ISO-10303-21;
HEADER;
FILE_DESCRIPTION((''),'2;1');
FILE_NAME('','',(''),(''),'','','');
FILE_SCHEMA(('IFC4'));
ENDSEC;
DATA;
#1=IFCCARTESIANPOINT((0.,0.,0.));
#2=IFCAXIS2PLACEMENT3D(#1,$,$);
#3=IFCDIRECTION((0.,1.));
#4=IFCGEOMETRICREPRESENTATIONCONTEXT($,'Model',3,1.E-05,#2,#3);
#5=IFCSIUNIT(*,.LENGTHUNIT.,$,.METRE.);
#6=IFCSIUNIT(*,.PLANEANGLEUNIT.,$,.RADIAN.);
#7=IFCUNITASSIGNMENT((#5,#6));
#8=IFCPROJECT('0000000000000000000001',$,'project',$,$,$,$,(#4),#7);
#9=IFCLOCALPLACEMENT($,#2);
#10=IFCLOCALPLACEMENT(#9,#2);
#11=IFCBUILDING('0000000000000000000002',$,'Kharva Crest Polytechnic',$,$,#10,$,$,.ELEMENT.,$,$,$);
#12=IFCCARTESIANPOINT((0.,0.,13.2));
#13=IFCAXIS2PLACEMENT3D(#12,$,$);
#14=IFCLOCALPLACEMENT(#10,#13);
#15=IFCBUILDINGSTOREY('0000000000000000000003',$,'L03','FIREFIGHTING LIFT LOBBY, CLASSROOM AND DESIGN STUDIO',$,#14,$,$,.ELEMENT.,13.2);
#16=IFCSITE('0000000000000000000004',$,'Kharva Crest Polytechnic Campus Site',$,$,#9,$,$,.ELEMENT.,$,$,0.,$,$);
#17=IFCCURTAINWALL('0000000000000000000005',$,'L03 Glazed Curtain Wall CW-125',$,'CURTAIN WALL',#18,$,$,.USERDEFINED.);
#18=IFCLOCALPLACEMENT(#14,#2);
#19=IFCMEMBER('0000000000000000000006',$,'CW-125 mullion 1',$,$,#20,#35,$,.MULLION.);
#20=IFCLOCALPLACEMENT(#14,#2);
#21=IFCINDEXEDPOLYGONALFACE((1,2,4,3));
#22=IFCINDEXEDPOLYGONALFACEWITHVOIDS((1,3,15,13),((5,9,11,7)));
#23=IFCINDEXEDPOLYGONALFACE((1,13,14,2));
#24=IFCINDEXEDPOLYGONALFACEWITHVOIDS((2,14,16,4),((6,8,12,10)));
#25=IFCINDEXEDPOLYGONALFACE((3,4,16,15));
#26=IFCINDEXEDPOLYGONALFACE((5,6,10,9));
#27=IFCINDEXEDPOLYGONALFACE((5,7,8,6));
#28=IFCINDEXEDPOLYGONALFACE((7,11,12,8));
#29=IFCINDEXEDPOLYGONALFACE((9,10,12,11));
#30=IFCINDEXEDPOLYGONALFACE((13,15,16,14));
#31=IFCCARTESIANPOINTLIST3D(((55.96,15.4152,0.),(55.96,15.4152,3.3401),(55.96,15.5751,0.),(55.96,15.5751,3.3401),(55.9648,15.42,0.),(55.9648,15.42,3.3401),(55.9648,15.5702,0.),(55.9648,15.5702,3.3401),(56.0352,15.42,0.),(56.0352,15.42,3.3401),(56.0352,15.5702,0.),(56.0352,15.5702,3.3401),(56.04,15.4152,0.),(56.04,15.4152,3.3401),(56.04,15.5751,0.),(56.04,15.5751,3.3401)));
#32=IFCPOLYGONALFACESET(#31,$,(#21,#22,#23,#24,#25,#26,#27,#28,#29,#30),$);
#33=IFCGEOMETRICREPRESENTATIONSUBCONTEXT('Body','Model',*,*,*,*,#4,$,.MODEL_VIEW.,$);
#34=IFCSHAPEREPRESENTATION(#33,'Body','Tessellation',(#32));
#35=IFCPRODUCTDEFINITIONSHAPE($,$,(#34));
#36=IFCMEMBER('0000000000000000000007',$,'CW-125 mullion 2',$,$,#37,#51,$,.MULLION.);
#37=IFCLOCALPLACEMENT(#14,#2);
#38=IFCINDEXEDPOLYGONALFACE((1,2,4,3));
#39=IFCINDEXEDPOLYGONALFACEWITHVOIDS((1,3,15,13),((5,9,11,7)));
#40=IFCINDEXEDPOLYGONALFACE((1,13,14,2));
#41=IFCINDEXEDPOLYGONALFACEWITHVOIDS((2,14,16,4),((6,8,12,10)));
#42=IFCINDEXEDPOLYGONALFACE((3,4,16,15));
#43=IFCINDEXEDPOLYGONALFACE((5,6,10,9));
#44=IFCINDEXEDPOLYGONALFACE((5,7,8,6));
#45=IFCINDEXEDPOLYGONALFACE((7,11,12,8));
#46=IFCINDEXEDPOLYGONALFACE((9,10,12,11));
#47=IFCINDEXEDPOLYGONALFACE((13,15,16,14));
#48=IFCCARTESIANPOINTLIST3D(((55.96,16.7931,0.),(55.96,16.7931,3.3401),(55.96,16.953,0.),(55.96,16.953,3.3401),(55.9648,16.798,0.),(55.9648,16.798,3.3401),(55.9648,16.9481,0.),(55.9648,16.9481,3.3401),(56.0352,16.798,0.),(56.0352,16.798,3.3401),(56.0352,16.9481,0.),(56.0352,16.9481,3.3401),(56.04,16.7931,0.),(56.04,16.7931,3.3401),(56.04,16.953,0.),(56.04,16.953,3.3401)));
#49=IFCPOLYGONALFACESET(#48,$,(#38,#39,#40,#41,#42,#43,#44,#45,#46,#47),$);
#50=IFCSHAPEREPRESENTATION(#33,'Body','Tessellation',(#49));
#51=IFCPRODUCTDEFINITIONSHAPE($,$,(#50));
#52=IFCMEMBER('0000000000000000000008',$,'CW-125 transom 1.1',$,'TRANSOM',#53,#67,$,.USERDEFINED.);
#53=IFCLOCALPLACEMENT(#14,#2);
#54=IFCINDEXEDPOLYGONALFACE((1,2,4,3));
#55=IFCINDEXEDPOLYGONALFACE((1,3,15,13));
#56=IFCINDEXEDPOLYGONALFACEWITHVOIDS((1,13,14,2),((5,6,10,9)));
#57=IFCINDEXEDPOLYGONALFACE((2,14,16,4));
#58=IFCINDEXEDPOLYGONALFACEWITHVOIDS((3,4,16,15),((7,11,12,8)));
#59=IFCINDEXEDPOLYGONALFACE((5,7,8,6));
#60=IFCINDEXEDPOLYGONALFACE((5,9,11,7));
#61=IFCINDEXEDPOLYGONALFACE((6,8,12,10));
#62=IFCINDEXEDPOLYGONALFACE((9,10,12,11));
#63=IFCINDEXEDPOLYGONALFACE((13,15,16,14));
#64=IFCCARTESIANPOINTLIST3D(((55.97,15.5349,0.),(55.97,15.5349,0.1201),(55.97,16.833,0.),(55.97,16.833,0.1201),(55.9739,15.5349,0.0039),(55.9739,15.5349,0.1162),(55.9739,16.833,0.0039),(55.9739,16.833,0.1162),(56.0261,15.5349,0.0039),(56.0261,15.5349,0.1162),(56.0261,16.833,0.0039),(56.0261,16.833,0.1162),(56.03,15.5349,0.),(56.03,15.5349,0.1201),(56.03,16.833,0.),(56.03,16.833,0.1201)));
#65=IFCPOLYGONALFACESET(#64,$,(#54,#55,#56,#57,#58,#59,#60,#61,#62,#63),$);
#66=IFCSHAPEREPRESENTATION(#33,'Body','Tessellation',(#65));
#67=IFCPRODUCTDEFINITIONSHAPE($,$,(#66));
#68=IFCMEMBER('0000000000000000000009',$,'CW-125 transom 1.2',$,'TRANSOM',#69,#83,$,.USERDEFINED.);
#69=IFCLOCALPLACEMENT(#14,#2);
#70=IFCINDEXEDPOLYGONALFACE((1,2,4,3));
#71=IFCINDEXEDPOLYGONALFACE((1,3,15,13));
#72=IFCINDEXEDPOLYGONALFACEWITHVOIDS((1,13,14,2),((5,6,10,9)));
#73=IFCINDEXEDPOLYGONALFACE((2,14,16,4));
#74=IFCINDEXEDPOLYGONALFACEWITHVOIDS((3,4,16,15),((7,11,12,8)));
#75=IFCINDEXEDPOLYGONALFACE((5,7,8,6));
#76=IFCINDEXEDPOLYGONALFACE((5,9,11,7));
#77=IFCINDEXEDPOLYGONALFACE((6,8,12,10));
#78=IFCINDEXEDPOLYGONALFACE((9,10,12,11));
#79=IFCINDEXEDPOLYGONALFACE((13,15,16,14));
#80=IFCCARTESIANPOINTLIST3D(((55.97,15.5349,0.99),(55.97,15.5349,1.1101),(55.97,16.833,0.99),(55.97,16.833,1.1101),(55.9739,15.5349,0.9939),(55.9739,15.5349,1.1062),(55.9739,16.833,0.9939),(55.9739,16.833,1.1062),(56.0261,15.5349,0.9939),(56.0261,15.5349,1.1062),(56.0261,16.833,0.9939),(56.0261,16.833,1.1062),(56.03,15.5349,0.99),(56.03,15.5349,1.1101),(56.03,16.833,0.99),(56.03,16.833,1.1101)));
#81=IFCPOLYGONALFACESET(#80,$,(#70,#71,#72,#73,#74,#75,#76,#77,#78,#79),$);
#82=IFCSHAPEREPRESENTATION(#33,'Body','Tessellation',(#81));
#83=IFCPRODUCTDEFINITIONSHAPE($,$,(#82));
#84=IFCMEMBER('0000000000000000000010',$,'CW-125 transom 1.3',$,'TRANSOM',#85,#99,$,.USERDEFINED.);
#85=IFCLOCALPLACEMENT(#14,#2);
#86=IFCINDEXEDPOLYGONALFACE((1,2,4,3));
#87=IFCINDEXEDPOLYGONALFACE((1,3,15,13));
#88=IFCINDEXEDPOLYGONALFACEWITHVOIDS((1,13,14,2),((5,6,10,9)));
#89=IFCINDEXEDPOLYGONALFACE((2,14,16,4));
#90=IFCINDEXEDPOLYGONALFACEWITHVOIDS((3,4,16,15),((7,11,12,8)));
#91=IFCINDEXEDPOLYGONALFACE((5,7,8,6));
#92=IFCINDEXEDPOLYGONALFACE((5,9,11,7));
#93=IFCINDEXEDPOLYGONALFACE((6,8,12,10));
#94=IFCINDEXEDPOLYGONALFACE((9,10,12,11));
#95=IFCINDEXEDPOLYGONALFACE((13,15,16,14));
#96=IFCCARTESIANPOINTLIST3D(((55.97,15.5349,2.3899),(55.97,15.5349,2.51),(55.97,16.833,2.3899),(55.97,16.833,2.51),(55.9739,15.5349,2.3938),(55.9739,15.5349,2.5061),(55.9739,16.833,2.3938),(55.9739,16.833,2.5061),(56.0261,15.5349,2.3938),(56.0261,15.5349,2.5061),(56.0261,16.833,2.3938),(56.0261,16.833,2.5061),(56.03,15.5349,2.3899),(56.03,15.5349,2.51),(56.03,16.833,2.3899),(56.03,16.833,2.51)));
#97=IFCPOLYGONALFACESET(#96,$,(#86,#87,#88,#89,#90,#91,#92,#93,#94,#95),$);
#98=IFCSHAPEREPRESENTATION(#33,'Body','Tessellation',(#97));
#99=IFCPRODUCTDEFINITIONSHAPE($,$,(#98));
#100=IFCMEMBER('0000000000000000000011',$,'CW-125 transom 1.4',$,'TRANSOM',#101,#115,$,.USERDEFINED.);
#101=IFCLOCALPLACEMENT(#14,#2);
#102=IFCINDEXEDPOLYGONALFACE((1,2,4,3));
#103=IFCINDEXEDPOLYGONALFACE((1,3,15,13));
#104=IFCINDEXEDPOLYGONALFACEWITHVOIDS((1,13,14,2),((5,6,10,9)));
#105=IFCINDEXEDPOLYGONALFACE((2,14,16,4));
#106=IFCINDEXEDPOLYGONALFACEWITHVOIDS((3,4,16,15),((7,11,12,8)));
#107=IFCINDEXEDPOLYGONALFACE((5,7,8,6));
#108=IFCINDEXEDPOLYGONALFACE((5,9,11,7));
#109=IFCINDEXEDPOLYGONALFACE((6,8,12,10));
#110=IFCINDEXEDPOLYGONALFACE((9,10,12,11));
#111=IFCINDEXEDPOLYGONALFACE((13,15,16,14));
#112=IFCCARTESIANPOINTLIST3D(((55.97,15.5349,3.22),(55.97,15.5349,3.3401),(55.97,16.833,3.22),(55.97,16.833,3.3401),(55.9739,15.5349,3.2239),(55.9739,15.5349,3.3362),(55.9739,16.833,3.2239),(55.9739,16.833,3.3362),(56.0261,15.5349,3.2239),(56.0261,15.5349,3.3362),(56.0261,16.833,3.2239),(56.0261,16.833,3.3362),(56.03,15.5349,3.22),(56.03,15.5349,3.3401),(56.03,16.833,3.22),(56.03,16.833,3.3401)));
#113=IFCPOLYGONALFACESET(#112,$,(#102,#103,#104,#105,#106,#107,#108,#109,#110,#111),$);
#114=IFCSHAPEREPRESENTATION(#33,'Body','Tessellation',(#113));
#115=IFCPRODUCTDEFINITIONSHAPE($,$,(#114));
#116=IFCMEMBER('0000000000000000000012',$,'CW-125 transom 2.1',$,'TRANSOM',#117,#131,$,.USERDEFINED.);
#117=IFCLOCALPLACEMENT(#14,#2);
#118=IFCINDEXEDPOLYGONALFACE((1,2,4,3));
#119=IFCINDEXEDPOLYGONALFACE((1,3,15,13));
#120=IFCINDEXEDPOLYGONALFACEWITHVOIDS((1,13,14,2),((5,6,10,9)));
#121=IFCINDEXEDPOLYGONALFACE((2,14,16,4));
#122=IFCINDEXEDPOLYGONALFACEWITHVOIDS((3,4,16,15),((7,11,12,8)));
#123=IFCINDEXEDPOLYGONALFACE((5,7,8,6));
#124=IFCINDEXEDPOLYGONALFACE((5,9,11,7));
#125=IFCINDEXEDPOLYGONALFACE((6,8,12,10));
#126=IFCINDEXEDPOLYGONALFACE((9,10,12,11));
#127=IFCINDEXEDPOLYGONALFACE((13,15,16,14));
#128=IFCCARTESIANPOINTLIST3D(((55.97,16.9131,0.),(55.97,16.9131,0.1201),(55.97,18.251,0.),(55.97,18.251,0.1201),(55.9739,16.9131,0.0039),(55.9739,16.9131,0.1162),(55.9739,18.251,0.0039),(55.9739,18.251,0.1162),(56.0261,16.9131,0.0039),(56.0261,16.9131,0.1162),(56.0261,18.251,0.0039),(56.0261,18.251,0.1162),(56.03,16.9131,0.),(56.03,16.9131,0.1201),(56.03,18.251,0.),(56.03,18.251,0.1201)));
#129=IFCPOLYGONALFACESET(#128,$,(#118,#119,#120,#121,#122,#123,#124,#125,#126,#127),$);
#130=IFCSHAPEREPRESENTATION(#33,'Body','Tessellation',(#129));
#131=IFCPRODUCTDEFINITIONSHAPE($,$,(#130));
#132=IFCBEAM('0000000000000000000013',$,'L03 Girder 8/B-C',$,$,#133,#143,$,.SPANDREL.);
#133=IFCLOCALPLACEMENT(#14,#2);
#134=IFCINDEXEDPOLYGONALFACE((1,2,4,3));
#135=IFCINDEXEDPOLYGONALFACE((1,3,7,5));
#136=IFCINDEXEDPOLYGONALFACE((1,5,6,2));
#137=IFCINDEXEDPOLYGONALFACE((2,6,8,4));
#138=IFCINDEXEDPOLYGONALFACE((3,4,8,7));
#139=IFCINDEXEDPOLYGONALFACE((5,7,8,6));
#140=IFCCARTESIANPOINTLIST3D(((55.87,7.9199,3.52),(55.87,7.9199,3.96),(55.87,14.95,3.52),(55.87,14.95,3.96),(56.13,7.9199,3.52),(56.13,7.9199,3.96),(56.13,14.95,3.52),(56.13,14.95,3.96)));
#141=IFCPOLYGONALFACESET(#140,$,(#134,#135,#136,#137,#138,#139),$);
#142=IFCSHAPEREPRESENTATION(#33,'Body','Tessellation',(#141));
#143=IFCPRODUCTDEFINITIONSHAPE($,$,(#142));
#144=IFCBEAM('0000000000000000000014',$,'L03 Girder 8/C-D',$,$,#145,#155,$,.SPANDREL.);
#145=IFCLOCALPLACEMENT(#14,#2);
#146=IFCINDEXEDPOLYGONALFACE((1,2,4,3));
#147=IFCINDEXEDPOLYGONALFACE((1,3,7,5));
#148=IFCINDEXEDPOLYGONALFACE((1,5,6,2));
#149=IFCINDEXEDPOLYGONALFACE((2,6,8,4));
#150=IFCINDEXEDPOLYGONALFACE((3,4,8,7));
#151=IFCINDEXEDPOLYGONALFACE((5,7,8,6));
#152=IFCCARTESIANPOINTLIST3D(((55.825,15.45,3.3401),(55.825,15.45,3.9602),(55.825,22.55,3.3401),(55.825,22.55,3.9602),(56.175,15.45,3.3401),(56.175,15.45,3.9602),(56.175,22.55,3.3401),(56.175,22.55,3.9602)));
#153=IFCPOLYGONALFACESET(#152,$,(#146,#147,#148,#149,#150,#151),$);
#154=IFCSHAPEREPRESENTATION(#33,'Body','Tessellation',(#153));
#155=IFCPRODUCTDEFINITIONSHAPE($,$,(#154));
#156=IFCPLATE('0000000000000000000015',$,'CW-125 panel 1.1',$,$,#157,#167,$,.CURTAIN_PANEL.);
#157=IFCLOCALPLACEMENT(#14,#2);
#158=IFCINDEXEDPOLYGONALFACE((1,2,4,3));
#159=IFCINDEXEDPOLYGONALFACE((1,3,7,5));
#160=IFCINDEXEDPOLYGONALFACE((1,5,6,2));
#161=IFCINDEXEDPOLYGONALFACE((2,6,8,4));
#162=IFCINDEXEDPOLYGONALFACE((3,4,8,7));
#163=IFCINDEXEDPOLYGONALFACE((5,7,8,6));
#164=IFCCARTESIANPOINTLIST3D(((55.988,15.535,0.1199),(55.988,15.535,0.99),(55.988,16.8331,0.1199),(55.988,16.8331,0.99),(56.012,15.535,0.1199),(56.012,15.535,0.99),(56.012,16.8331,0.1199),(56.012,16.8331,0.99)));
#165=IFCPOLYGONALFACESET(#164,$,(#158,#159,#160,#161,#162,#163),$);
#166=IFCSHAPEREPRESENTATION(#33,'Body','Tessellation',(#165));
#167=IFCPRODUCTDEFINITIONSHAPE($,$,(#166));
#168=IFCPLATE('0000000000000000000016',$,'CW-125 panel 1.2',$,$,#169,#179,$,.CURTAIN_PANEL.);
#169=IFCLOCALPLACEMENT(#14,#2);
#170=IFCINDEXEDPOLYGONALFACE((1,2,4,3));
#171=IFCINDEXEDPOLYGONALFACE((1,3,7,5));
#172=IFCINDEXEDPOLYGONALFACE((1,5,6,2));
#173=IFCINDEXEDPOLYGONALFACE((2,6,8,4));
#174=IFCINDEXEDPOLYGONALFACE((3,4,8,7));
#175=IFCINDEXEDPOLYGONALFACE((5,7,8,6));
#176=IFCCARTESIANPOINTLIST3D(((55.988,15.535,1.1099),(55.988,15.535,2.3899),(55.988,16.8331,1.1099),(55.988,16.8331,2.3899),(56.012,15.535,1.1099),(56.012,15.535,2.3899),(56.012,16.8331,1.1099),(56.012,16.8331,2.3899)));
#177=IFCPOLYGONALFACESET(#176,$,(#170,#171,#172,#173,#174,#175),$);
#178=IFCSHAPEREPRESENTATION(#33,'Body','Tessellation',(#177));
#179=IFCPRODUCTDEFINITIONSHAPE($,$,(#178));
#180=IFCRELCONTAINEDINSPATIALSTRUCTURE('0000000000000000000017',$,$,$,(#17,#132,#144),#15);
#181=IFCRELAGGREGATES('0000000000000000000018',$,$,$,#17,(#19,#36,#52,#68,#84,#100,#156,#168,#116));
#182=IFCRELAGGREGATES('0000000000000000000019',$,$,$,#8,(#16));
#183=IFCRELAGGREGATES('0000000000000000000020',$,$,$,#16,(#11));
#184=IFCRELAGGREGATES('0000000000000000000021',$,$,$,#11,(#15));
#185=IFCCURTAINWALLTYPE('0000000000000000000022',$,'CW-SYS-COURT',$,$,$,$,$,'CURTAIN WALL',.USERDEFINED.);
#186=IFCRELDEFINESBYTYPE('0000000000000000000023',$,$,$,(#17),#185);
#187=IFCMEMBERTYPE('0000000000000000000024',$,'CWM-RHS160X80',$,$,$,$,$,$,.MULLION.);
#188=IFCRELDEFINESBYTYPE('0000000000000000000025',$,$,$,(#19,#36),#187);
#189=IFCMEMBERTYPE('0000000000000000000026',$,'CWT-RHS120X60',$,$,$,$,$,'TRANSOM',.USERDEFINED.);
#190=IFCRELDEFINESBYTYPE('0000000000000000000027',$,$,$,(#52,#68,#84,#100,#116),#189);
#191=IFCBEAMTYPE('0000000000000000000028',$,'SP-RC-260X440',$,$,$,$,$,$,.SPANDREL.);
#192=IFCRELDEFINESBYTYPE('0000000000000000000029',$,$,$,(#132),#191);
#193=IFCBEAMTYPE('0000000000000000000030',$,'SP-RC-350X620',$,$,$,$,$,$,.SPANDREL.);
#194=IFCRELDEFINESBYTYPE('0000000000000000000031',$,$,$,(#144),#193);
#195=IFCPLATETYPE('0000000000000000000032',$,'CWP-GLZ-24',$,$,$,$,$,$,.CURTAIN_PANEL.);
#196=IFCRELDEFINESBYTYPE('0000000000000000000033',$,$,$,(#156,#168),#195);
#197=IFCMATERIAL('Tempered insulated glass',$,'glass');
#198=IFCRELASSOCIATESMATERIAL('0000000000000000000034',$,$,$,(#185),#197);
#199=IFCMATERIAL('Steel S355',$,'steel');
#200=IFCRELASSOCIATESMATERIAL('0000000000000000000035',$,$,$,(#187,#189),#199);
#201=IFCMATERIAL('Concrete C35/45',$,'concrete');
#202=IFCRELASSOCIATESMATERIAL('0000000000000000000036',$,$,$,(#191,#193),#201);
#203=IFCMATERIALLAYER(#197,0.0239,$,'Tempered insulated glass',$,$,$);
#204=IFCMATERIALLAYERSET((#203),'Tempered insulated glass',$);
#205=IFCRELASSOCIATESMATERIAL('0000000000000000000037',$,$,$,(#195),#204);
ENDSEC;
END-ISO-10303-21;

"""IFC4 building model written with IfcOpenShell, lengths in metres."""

from ifc_helpers import new_model, si_unit, direction, frame, origin, origin_2d, place, context, subcontext, project, spatial, rectangle, hollow_rectangle, extrude, material, layer, layer_set, material_profile, profile_set, type_object, element, aggregate, save


model = new_model("IFC4")

# Units and contexts
model_context = context("Model", 3, precision=1e-05, world=origin(), true_north=direction((0.0, 1.0)))
body_context = subcontext(model_context, "Body", "Model", "MODEL_VIEW")
ifc_project = project(units=[si_unit("LENGTHUNIT", "METRE"), si_unit("PLANEANGLEUNIT", "RADIAN")], contexts=[model_context])

# Site, building, storey
site_placement = place(None, origin())
site = spatial("IfcSite", under=ifc_project, at=site_placement, Name="Kharva Crest Polytechnic Campus Site", CompositionType="ELEMENT", RefElevation=0.0)
building_placement = place(site_placement, origin())
building = spatial("IfcBuilding", under=site, at=building_placement, Name="Kharva Crest Polytechnic", CompositionType="ELEMENT")
storey_placement = place(building_placement, frame((0.0, 0.0, 13.2)))
storey = spatial("IfcBuildingStorey", under=building, at=storey_placement, Name="L03", Description="FIREFIGHTING LIFT LOBBY, CLASSROOM AND DESIGN STUDIO", CompositionType="ELEMENT", Elevation=13.2)

# Shared definitions
ifc_material_1 = material(Name="Concrete C35/45", Category="concrete")

# Curtain wall, members
ifc_material_2 = material(Name="Tempered insulated glass", Category="glass")
curtain_wall_type = type_object("IfcCurtainWallType", Name="CW-SYS-COURT", ElementType="CURTAIN WALL", PredefinedType="USERDEFINED", material=ifc_material_2)
curtain_wall_placement = place(storey_placement, origin())
curtain_wall = element("IfcCurtainWall", 1, at=curtain_wall_placement, inside=storey, type_object=curtain_wall_type, Name="L03 Glazed Curtain Wall CW-125", ObjectType="CURTAIN WALL", PredefinedType="USERDEFINED")
ifc_material_3 = material(Name="Steel S355", Category="steel")
ifc_material_profile_1 = material_profile(ifc_material_3, hollow_rectangle(XDim=0.0801, YDim=0.1599, WallThickness=0.0049, at=origin_2d()), Name="RHS 160X80X5.0")
ifc_profile_set_1 = profile_set([ifc_material_profile_1], Name="Steel S355")
member_type_1 = type_object("IfcMemberType", Name="CWM-RHS160X80", PredefinedType="MULLION", material=ifc_profile_set_1)
member_1_placement = place(storey_placement, frame((56.0, 15.4951, 0.0), z_axis=(0.0, 0.0, 1.0), x_axis=(-1.0, 0.0, 0.0)))
member_1 = element("IfcMember", 2, at=member_1_placement, type_object=member_type_1, Name="CW-125 mullion 1", PredefinedType="MULLION", context=body_context, shape_type="SweptSolid", body=[
    extrude(hollow_rectangle(XDim=0.0801, YDim=0.1599, WallThickness=0.0049, at=origin_2d()), origin(), (0.0, 0.0, 1.0), 3.3401),
])
member_2_placement = place(storey_placement, frame((56.0, 16.873, 0.0), z_axis=(0.0, 0.0, 1.0), x_axis=(-1.0, 0.0, 0.0)))
member_2 = element("IfcMember", 3, at=member_2_placement, type_object=member_type_1, Name="CW-125 mullion 2", PredefinedType="MULLION", context=body_context, shape_type="SweptSolid", body=[
    extrude(hollow_rectangle(XDim=0.0801, YDim=0.1599, WallThickness=0.0049, at=origin_2d()), origin(), (0.0, 0.0, 1.0), 3.3401),
])
ifc_material_profile_2 = material_profile(ifc_material_3, hollow_rectangle(XDim=0.0601, YDim=0.1201, WallThickness=0.0039, at=origin_2d()), Name="RHS 120X60X4.0")
ifc_profile_set_2 = profile_set([ifc_material_profile_2], Name="Steel S355")
member_type_2 = type_object("IfcMemberType", Name="CWT-RHS120X60", ElementType="TRANSOM", PredefinedType="USERDEFINED", material=ifc_profile_set_2)
member_3_placement = place(storey_placement, frame((56.0, 15.5349, 0.0601), z_axis=(0.0, 1.0, 0.0), x_axis=(-1.0, 0.0, 0.0)))
member_3 = element("IfcMember", 4, at=member_3_placement, type_object=member_type_2, Name="CW-125 transom 1.1", ObjectType="TRANSOM", PredefinedType="USERDEFINED", context=body_context, shape_type="SweptSolid", body=[
    extrude(hollow_rectangle(XDim=0.0601, YDim=0.1201, WallThickness=0.0039, at=origin_2d()), origin(), (0.0, 0.0, 1.0), 1.2981),
])
member_4_placement = place(storey_placement, frame((56.0, 15.5349, 1.05), z_axis=(0.0, 1.0, 0.0), x_axis=(-1.0, 0.0, 0.0)))
member_4 = element("IfcMember", 5, at=member_4_placement, type_object=member_type_2, Name="CW-125 transom 1.2", ObjectType="TRANSOM", PredefinedType="USERDEFINED", context=body_context, shape_type="SweptSolid", body=[
    extrude(hollow_rectangle(XDim=0.0601, YDim=0.1201, WallThickness=0.0039, at=origin_2d()), origin(), (0.0, 0.0, 1.0), 1.2981),
])
member_5_placement = place(storey_placement, frame((56.0, 15.5349, 2.45), z_axis=(0.0, 1.0, 0.0), x_axis=(-1.0, 0.0, 0.0)))
member_5 = element("IfcMember", 6, at=member_5_placement, type_object=member_type_2, Name="CW-125 transom 1.3", ObjectType="TRANSOM", PredefinedType="USERDEFINED", context=body_context, shape_type="SweptSolid", body=[
    extrude(hollow_rectangle(XDim=0.0601, YDim=0.1201, WallThickness=0.0039, at=origin_2d()), origin(), (0.0, 0.0, 1.0), 1.2981),
])
member_6_placement = place(storey_placement, frame((56.0, 15.5349, 3.28), z_axis=(0.0, 1.0, 0.0), x_axis=(-1.0, 0.0, 0.0)))
member_6 = element("IfcMember", 7, at=member_6_placement, type_object=member_type_2, Name="CW-125 transom 1.4", ObjectType="TRANSOM", PredefinedType="USERDEFINED", context=body_context, shape_type="SweptSolid", body=[
    extrude(hollow_rectangle(XDim=0.0601, YDim=0.1201, WallThickness=0.0039, at=origin_2d()), origin(), (0.0, 0.0, 1.0), 1.2981),
])
member_7_placement = place(storey_placement, frame((56.0, 16.9131, 0.0601), z_axis=(0.0, 1.0, 0.0), x_axis=(-1.0, 0.0, 0.0)))
member_7 = element("IfcMember", 8, at=member_7_placement, type_object=member_type_2, Name="CW-125 transom 2.1", ObjectType="TRANSOM", PredefinedType="USERDEFINED", context=body_context, shape_type="SweptSolid", body=[
    extrude(hollow_rectangle(XDim=0.0601, YDim=0.1201, WallThickness=0.0039, at=origin_2d()), origin(), (0.0, 0.0, 1.0), 1.3379),
])

# Beams
ifc_material_profile_3 = material_profile(ifc_material_1, rectangle(XDim=0.26, YDim=0.4399, at=origin_2d()), Name="RECT 260 X 440")
ifc_profile_set_3 = profile_set([ifc_material_profile_3], Name="Concrete C35/45")
beam_type_1 = type_object("IfcBeamType", Name="SP-RC-260X440", PredefinedType="SPANDREL", material=ifc_profile_set_3)
beam_1_placement = place(storey_placement, frame((56.0, 7.9199, 3.74), z_axis=(0.0, 1.0, 0.0), x_axis=(-1.0, 0.0, 0.0)))
element("IfcBeam", 9, at=beam_1_placement, inside=storey, type_object=beam_type_1, Name="L03 Girder 8/B-C", PredefinedType="SPANDREL", context=body_context, shape_type="SweptSolid", body=[
    extrude(rectangle(XDim=0.26, YDim=0.4399, at=origin_2d()), origin(), (0.0, 0.0, 1.0), 7.03),
])
ifc_material_profile_4 = material_profile(ifc_material_1, rectangle(XDim=0.3501, YDim=0.6201, at=origin_2d()), Name="RECT 350 X 620")
ifc_profile_set_4 = profile_set([ifc_material_profile_4], Name="Concrete C35/45")
beam_type_2 = type_object("IfcBeamType", Name="SP-RC-350X620", PredefinedType="SPANDREL", material=ifc_profile_set_4)
beam_2_placement = place(storey_placement, frame((56.0, 15.45, 3.6501), z_axis=(0.0, 1.0, 0.0), x_axis=(-1.0, 0.0, 0.0)))
element("IfcBeam", 10, at=beam_2_placement, inside=storey, type_object=beam_type_2, Name="L03 Girder 8/C-D", PredefinedType="SPANDREL", context=body_context, shape_type="SweptSolid", body=[
    extrude(rectangle(XDim=0.3501, YDim=0.6201, at=origin_2d()), origin(), (0.0, 0.0, 1.0), 7.1001),
])

# Plates
ifc_layer_1 = layer(ifc_material_2, 0.0239, Name="Tempered insulated glass")
ifc_layer_set_1 = layer_set([ifc_layer_1], Name="Tempered insulated glass")
plate_type = type_object("IfcPlateType", Name="CWP-GLZ-24", PredefinedType="CURTAIN_PANEL", material=ifc_layer_set_1)
plate_1_placement = place(storey_placement, frame((56.0, 16.1841, 0.1199), z_axis=(0.0, 0.0, 1.0), x_axis=(0.0, 1.0, 0.0)))
plate_1 = element("IfcPlate", 11, at=plate_1_placement, type_object=plate_type, Name="CW-125 panel 1.1", PredefinedType="CURTAIN_PANEL", context=body_context, shape_type="SweptSolid", body=[
    extrude(rectangle(XDim=1.2981, YDim=0.0239, at=origin_2d()), origin(), (0.0, 0.0, 1.0), 0.8701),
])
plate_2_placement = place(storey_placement, frame((56.0, 16.1841, 1.1099), z_axis=(0.0, 0.0, 1.0), x_axis=(0.0, 1.0, 0.0)))
plate_2 = element("IfcPlate", 12, at=plate_2_placement, type_object=plate_type, Name="CW-125 panel 1.2", PredefinedType="CURTAIN_PANEL", context=body_context, shape_type="SweptSolid", body=[
    extrude(rectangle(XDim=1.2981, YDim=0.0239, at=origin_2d()), origin(), (0.0, 0.0, 1.0), 1.28),
])
aggregate(curtain_wall, [member_1, member_2, member_3, member_4, member_5, member_6, plate_1, plate_2, member_7])

save(model, "model.ifc")
